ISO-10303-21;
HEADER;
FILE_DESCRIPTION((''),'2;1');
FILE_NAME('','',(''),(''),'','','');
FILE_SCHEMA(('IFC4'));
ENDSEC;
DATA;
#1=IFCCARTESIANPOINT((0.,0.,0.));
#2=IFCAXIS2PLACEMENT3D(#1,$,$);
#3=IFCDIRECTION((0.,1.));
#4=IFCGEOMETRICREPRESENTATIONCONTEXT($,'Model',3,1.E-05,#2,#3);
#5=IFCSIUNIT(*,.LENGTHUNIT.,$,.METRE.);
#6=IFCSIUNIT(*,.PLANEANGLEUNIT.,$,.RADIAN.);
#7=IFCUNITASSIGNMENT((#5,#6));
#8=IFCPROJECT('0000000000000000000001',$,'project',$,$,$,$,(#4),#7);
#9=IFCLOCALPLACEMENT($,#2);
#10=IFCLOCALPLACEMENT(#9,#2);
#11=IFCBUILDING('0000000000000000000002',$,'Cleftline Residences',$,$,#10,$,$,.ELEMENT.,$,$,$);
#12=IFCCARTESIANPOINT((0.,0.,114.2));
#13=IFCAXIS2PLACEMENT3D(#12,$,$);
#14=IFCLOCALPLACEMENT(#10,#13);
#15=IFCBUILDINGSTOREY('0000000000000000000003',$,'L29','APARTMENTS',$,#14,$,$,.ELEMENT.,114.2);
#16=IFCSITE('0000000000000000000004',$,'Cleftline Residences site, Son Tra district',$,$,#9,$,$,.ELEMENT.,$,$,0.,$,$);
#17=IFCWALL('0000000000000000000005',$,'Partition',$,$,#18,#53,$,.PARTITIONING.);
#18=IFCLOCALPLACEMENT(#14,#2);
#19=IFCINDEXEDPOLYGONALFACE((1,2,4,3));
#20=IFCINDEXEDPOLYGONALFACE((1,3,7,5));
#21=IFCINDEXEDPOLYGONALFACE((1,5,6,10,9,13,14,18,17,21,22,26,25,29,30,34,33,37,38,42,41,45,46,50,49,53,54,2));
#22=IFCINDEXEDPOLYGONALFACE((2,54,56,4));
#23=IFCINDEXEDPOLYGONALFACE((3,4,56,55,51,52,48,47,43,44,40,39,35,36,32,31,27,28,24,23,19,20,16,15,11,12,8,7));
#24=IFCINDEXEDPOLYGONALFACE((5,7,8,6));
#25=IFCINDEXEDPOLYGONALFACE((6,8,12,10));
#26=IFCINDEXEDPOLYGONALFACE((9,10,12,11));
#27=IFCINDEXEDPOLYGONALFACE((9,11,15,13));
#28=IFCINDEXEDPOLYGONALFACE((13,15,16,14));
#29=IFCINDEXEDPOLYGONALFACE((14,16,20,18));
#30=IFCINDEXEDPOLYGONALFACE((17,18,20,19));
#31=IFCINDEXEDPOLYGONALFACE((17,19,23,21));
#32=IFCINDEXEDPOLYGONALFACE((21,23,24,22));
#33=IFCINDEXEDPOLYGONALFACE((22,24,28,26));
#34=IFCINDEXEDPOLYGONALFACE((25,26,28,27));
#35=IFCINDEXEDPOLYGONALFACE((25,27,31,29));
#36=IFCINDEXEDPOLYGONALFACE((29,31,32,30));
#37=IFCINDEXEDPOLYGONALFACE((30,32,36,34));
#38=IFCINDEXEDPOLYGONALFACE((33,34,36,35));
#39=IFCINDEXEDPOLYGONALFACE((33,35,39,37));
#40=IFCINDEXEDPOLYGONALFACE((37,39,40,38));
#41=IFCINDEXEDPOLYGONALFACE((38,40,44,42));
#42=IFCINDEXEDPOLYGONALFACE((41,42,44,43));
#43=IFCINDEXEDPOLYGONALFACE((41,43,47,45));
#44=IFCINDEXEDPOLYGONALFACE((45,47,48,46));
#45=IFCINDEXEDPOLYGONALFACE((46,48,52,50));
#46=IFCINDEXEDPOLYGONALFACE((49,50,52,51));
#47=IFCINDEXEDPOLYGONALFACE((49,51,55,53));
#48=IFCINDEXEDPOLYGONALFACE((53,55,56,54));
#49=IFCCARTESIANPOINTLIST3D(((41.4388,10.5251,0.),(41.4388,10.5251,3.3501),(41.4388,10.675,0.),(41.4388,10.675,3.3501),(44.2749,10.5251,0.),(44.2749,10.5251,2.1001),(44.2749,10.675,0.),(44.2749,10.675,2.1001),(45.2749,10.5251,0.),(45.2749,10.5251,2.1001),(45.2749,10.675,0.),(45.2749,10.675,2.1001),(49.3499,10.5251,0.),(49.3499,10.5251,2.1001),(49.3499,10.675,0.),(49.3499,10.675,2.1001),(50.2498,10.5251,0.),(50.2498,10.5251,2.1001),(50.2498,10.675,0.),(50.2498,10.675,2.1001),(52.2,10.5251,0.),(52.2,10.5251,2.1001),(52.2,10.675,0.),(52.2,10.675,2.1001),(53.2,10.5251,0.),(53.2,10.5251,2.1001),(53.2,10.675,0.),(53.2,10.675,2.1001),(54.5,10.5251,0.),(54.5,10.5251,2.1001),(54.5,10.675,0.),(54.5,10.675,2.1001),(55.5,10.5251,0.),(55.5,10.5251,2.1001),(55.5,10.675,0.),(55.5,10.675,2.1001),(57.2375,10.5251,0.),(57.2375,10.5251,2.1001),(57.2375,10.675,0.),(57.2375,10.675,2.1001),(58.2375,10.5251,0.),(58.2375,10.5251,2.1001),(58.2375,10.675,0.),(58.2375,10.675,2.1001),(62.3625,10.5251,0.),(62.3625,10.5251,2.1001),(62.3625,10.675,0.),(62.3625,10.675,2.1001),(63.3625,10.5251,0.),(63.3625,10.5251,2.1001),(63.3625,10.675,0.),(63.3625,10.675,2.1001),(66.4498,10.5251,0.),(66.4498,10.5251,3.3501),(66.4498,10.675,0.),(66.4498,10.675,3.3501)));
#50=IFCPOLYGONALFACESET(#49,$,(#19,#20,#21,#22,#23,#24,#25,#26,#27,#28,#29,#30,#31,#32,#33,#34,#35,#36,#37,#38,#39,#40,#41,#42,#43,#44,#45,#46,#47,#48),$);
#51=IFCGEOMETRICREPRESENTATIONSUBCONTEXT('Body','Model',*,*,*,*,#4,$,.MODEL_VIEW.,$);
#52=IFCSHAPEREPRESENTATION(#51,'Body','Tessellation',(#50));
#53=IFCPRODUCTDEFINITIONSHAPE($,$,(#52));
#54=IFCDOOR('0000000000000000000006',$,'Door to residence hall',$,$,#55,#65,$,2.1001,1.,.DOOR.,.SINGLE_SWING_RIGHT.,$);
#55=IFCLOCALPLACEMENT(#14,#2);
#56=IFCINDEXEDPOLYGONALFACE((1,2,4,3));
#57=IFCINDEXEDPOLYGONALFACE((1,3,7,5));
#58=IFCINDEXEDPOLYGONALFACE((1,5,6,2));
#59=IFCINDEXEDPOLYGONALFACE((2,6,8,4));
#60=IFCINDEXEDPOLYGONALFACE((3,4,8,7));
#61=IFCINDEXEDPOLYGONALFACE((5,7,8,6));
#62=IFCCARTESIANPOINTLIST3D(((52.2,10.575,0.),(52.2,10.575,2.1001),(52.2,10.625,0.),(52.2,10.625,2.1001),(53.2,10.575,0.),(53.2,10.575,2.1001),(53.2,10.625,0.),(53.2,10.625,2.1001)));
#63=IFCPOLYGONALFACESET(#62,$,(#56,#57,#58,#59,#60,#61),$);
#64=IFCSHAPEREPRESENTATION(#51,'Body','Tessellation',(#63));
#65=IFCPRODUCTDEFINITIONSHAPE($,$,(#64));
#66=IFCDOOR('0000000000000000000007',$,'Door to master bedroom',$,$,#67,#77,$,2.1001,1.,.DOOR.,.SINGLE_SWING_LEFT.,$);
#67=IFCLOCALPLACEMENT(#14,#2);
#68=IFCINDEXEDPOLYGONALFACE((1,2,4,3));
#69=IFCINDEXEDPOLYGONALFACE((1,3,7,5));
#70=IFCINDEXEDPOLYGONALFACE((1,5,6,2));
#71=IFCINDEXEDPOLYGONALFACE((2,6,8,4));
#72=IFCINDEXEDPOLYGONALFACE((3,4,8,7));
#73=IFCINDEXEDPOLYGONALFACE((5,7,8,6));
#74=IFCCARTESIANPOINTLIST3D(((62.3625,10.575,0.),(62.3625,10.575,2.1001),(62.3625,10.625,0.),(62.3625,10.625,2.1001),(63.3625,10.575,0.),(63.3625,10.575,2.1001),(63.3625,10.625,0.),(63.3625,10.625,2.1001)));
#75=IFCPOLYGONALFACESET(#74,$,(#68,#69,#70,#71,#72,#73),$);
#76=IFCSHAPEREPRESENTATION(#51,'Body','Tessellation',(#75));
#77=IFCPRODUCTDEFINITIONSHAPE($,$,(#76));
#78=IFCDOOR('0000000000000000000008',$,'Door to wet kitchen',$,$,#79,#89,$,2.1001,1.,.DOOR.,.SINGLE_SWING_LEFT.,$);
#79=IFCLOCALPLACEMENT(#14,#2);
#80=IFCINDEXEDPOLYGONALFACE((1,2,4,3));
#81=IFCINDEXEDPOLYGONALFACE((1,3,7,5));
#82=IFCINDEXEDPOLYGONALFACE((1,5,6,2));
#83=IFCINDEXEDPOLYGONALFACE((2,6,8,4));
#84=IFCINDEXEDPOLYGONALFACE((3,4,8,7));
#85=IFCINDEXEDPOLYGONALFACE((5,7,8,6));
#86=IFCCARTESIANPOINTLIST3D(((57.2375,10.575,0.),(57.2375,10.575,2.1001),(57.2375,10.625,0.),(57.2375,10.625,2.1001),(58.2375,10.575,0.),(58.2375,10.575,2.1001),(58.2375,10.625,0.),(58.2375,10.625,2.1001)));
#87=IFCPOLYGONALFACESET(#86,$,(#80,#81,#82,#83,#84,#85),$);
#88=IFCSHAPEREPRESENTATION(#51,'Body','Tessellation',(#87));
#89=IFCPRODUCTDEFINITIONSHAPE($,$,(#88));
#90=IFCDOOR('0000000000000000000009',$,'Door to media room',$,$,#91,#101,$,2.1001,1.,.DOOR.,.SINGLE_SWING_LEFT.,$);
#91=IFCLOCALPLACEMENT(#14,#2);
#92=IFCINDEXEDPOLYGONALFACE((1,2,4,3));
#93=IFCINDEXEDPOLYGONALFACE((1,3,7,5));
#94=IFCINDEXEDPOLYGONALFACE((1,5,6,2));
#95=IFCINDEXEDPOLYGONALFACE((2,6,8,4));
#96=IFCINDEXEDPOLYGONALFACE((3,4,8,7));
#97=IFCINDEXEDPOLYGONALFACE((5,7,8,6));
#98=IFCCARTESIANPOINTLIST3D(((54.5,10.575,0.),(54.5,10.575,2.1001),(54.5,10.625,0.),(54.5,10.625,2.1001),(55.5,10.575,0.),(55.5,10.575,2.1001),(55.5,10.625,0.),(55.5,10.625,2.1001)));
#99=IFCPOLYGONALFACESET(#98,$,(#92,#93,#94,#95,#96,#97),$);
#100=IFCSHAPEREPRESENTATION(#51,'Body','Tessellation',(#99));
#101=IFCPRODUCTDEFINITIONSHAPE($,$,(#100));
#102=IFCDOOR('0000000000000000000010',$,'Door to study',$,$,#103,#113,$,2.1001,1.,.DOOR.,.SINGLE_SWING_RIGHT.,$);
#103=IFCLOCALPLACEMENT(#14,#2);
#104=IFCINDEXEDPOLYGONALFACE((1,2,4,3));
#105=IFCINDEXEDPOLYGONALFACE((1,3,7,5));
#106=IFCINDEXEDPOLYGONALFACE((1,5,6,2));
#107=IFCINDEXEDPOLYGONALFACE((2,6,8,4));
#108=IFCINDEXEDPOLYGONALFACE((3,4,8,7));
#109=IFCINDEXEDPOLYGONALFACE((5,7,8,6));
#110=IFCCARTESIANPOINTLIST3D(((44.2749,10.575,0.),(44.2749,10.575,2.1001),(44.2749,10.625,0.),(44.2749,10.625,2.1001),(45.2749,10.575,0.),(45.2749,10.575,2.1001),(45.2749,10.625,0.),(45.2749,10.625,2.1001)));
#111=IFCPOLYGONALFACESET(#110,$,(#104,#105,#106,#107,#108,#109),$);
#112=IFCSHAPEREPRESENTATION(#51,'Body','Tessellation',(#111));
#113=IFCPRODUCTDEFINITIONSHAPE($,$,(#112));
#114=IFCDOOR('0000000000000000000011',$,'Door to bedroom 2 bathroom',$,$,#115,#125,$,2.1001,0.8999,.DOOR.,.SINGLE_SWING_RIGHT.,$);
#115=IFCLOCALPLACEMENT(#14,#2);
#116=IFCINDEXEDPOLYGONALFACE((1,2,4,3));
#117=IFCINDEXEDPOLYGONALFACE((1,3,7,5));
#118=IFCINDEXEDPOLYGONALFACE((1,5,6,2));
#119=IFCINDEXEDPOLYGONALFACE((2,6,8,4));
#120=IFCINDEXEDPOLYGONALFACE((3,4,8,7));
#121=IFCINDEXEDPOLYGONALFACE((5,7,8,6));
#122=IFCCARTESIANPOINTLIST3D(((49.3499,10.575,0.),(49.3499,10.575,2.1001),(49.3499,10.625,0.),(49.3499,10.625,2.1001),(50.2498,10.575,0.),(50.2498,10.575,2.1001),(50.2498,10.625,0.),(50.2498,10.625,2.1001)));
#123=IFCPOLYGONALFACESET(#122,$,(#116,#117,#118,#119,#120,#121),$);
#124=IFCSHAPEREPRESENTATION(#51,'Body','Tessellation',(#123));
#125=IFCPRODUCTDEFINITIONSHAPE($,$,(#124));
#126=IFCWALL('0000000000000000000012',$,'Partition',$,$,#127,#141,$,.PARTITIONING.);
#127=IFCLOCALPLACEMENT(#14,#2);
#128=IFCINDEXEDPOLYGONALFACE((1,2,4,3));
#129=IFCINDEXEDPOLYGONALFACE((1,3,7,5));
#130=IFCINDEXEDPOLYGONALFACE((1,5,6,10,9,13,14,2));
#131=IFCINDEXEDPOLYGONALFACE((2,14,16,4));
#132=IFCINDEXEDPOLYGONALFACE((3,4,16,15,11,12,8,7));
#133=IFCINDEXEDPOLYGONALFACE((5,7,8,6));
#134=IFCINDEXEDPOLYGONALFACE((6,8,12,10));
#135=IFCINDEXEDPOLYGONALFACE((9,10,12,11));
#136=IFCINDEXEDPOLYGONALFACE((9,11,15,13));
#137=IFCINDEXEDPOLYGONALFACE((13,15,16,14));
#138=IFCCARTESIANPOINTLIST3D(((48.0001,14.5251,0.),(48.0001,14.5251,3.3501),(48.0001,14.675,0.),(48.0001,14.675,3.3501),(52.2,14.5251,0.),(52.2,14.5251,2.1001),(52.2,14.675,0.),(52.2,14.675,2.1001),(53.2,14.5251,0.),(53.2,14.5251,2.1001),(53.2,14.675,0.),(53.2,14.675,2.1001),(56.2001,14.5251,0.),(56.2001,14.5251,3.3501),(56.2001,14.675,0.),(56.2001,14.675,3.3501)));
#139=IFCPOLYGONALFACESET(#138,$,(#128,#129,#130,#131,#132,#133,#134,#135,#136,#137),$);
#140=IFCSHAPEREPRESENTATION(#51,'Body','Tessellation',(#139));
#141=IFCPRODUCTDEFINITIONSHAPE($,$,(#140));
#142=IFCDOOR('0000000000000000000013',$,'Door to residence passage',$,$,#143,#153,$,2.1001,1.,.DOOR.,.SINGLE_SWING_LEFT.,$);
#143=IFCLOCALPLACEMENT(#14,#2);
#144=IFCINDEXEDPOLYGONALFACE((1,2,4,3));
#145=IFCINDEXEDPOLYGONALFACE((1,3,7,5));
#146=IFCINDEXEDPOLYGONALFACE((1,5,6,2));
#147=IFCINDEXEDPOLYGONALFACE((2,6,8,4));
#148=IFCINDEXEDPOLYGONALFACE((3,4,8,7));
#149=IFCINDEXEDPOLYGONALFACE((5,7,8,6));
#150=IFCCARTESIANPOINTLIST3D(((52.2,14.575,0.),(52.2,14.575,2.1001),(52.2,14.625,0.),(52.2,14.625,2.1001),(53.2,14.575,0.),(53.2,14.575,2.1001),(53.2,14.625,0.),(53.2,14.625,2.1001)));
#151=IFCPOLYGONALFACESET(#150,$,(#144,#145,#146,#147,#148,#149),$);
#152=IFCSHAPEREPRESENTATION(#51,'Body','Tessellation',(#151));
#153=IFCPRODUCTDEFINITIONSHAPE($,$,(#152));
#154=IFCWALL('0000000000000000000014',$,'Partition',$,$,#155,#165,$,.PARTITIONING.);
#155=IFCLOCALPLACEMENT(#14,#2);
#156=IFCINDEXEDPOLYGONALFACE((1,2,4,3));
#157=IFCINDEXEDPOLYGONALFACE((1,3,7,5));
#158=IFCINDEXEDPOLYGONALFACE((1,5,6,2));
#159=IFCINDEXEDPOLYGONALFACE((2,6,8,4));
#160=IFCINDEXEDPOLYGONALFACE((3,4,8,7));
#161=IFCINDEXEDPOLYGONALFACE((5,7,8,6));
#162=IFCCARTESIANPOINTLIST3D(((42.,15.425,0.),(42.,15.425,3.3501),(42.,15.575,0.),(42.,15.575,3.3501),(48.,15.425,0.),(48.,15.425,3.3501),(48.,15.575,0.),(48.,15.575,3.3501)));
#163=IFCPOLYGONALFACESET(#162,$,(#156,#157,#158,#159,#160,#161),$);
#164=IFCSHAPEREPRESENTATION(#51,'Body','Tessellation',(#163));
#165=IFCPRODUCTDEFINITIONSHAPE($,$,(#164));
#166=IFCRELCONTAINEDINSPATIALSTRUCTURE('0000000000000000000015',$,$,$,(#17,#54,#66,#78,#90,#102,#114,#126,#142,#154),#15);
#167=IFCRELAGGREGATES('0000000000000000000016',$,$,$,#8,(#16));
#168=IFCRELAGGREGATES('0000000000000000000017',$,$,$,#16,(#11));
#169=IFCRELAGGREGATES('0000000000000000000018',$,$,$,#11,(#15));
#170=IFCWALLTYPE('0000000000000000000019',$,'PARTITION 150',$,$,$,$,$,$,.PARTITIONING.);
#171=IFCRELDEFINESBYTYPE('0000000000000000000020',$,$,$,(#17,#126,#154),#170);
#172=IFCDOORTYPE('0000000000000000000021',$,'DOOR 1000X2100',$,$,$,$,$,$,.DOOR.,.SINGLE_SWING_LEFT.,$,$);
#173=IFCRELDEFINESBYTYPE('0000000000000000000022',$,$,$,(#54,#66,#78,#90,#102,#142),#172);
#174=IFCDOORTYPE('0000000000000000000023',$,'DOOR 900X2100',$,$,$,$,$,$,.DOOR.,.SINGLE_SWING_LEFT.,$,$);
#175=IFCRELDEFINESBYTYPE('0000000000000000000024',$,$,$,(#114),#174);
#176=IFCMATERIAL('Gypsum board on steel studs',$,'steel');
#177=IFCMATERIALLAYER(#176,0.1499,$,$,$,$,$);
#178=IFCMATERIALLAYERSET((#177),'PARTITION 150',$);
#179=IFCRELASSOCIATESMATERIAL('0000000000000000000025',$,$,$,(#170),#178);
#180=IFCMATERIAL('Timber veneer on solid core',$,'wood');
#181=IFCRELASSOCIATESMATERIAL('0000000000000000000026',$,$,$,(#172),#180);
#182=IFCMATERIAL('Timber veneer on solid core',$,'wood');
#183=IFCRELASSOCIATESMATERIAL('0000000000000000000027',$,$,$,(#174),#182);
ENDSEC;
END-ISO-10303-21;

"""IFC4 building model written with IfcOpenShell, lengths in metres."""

from ifc_helpers import new_model, si_unit, direction, frame, frame_2d, origin, place, context, subcontext, project, spatial, rectangle, extrude, material, layer, layer_set, type_object, element, fill, save


model = new_model("IFC4")

# Units and contexts
model_context = context("Model", 3, precision=1e-05, world=origin(), true_north=direction((0.0, 1.0)))
body_context = subcontext(model_context, "Body", "Model", "MODEL_VIEW")
ifc_project = project(units=[si_unit("LENGTHUNIT", "METRE"), si_unit("PLANEANGLEUNIT", "RADIAN")], contexts=[model_context])

# Site, building, storey
site_placement = place(None, origin())
site = spatial("IfcSite", under=ifc_project, at=site_placement, Name="Cleftline Residences site, Son Tra district", CompositionType="ELEMENT", RefElevation=0.0)
building_placement = place(site_placement, origin())
building = spatial("IfcBuilding", under=site, at=building_placement, Name="Cleftline Residences", CompositionType="ELEMENT")
storey_placement = place(building_placement, frame((0.0, 0.0, 114.2)))
storey = spatial("IfcBuildingStorey", under=building, at=storey_placement, Name="L29", Description="APARTMENTS", CompositionType="ELEMENT", Elevation=114.2)

# Wall, openings, doors
ifc_material_1 = material(Name="Gypsum board on steel studs", Category="steel")
ifc_layer_1 = layer(ifc_material_1, 0.1499)
ifc_layer_set_1 = layer_set([ifc_layer_1], Name="PARTITION 150")
wall_type_1 = type_object("IfcWallType", Name="PARTITION 150", PredefinedType="PARTITIONING", material=ifc_layer_set_1)
wall_1_placement = place(storey_placement, frame((41.439, 10.6001, 0.0), z_axis=(0.0, 0.0, 1.0), x_axis=(1.0, 0.0, 0.0)))
wall_1 = element("IfcWall", 1, at=wall_1_placement, inside=storey, type_object=wall_type_1, Name="Partition", PredefinedType="PARTITIONING", context=body_context, shape_type="SweptSolid", body=[
    extrude(rectangle(XDim=25.011, YDim=0.1499, at=frame_2d((12.5054, 0.0))), origin(), (0.0, 0.0, 1.0), 3.3501),
])
opening_1_placement = place(wall_1_placement, frame((10.761, 0.0, 0.0)))
opening_1 = element("IfcOpeningElement", 2, at=opening_1_placement, cuts=wall_1, PredefinedType="OPENING", context=body_context, shape_type="SweptSolid", body=[
    extrude(rectangle(XDim=1.0, YDim=2.1001, at=frame_2d((0.5, 1.05))), frame((0.0, 0.085, 0.0), z_axis=(0.0, -1.0, 0.0), x_axis=(1.0, 0.0, 0.0)), (0.0, 0.0, 1.0), 0.1699),
])
opening_2_placement = place(wall_1_placement, frame((20.9236, 0.0, 0.0)))
opening_2 = element("IfcOpeningElement", 3, at=opening_2_placement, cuts=wall_1, PredefinedType="OPENING", context=body_context, shape_type="SweptSolid", body=[
    extrude(rectangle(XDim=1.0, YDim=2.1001, at=frame_2d((0.5, 1.05))), frame((0.0, 0.085, 0.0), z_axis=(0.0, -1.0, 0.0), x_axis=(1.0, 0.0, 0.0)), (0.0, 0.0, 1.0), 0.1699),
])
opening_3_placement = place(wall_1_placement, frame((15.7986, 0.0, 0.0)))
opening_3 = element("IfcOpeningElement", 4, at=opening_3_placement, cuts=wall_1, PredefinedType="OPENING", context=body_context, shape_type="SweptSolid", body=[
    extrude(rectangle(XDim=1.0, YDim=2.1001, at=frame_2d((0.5, 1.05))), frame((0.0, 0.085, 0.0), z_axis=(0.0, -1.0, 0.0), x_axis=(1.0, 0.0, 0.0)), (0.0, 0.0, 1.0), 0.1699),
])
opening_4_placement = place(wall_1_placement, frame((13.061, 0.0, 0.0)))
opening_4 = element("IfcOpeningElement", 5, at=opening_4_placement, cuts=wall_1, PredefinedType="OPENING", context=body_context, shape_type="SweptSolid", body=[
    extrude(rectangle(XDim=1.0, YDim=2.1001, at=frame_2d((0.5, 1.05))), frame((0.0, 0.085, 0.0), z_axis=(0.0, -1.0, 0.0), x_axis=(1.0, 0.0, 0.0)), (0.0, 0.0, 1.0), 0.1699),
])
opening_5_placement = place(wall_1_placement, frame((7.9109, 0.0, 0.0)))
opening_5 = element("IfcOpeningElement", 6, at=opening_5_placement, cuts=wall_1, PredefinedType="OPENING", context=body_context, shape_type="SweptSolid", body=[
    extrude(rectangle(XDim=0.8999, YDim=2.1001, at=frame_2d((0.45, 1.05))), frame((0.0, 0.085, 0.0), z_axis=(0.0, -1.0, 0.0), x_axis=(1.0, 0.0, 0.0)), (0.0, 0.0, 1.0), 0.1699),
])
opening_6_placement = place(wall_1_placement, frame((2.8359, 0.0, 0.0)))
opening_6 = element("IfcOpeningElement", 7, at=opening_6_placement, cuts=wall_1, PredefinedType="OPENING", context=body_context, shape_type="SweptSolid", body=[
    extrude(rectangle(XDim=1.0, YDim=2.1001, at=frame_2d((0.5, 1.05))), frame((0.0, 0.085, 0.0), z_axis=(0.0, -1.0, 0.0), x_axis=(1.0, 0.0, 0.0)), (0.0, 0.0, 1.0), 0.1699),
])
ifc_material_2 = material(Name="Timber veneer on solid core", Category="wood")
door_type_1 = type_object("IfcDoorType", Name="DOOR 1000X2100", OperationType="SINGLE_SWING_LEFT", PredefinedType="DOOR", material=ifc_material_2)
door_1_placement = place(opening_1_placement, origin())
door_1 = element("IfcDoor", 8, at=door_1_placement, inside=storey, type_object=door_type_1, Name="Door to residence hall", OperationType="SINGLE_SWING_RIGHT", OverallHeight=2.1001, OverallWidth=1.0, PredefinedType="DOOR", context=body_context, shape_type="SweptSolid", body=[
    extrude(rectangle(XDim=1.0, YDim=2.1001, at=frame_2d((0.5, 1.05))), frame((0.0, 0.0249, 0.0), z_axis=(0.0, -1.0, 0.0), x_axis=(1.0, 0.0, 0.0)), (0.0, 0.0, 1.0), 0.05),
])
fill(opening_1, door_1)
door_2_placement = place(opening_2_placement, origin())
door_2 = element("IfcDoor", 9, at=door_2_placement, inside=storey, type_object=door_type_1, Name="Door to master bedroom", OperationType="SINGLE_SWING_LEFT", OverallHeight=2.1001, OverallWidth=1.0, PredefinedType="DOOR", context=body_context, shape_type="SweptSolid", body=[
    extrude(rectangle(XDim=1.0, YDim=2.1001, at=frame_2d((0.5, 1.05))), frame((0.0, 0.0249, 0.0), z_axis=(0.0, -1.0, 0.0), x_axis=(1.0, 0.0, 0.0)), (0.0, 0.0, 1.0), 0.05),
])
fill(opening_2, door_2)
door_3_placement = place(opening_3_placement, origin())
door_3 = element("IfcDoor", 10, at=door_3_placement, inside=storey, type_object=door_type_1, Name="Door to wet kitchen", OperationType="SINGLE_SWING_LEFT", OverallHeight=2.1001, OverallWidth=1.0, PredefinedType="DOOR", context=body_context, shape_type="SweptSolid", body=[
    extrude(rectangle(XDim=1.0, YDim=2.1001, at=frame_2d((0.5, 1.05))), frame((0.0, 0.0249, 0.0), z_axis=(0.0, -1.0, 0.0), x_axis=(1.0, 0.0, 0.0)), (0.0, 0.0, 1.0), 0.05),
])
fill(opening_3, door_3)
door_4_placement = place(opening_4_placement, origin())
door_4 = element("IfcDoor", 11, at=door_4_placement, inside=storey, type_object=door_type_1, Name="Door to media room", OperationType="SINGLE_SWING_LEFT", OverallHeight=2.1001, OverallWidth=1.0, PredefinedType="DOOR", context=body_context, shape_type="SweptSolid", body=[
    extrude(rectangle(XDim=1.0, YDim=2.1001, at=frame_2d((0.5, 1.05))), frame((0.0, 0.0249, 0.0), z_axis=(0.0, -1.0, 0.0), x_axis=(1.0, 0.0, 0.0)), (0.0, 0.0, 1.0), 0.05),
])
fill(opening_4, door_4)
door_5_placement = place(opening_6_placement, origin())
door_5 = element("IfcDoor", 12, at=door_5_placement, inside=storey, type_object=door_type_1, Name="Door to study", OperationType="SINGLE_SWING_RIGHT", OverallHeight=2.1001, OverallWidth=1.0, PredefinedType="DOOR", context=body_context, shape_type="SweptSolid", body=[
    extrude(rectangle(XDim=1.0, YDim=2.1001, at=frame_2d((0.5, 1.05))), frame((0.0, 0.0249, 0.0), z_axis=(0.0, -1.0, 0.0), x_axis=(1.0, 0.0, 0.0)), (0.0, 0.0, 1.0), 0.05),
])
fill(opening_6, door_5)
ifc_material_3 = material(Name="Timber veneer on solid core", Category="wood")
door_type_2 = type_object("IfcDoorType", Name="DOOR 900X2100", OperationType="SINGLE_SWING_LEFT", PredefinedType="DOOR", material=ifc_material_3)
door_6_placement = place(opening_5_placement, origin())
door_6 = element("IfcDoor", 13, at=door_6_placement, inside=storey, type_object=door_type_2, Name="Door to bedroom 2 bathroom", OperationType="SINGLE_SWING_RIGHT", OverallHeight=2.1001, OverallWidth=0.8999, PredefinedType="DOOR", context=body_context, shape_type="SweptSolid", body=[
    extrude(rectangle(XDim=0.8999, YDim=2.1001, at=frame_2d((0.45, 1.05))), frame((0.0, 0.0249, 0.0), z_axis=(0.0, -1.0, 0.0), x_axis=(1.0, 0.0, 0.0)), (0.0, 0.0, 1.0), 0.05),
])
fill(opening_5, door_6)

# Wall, opening, door
wall_2_placement = place(storey_placement, frame((48.0, 14.6001, 0.0), z_axis=(0.0, 0.0, 1.0), x_axis=(1.0, 0.0, 0.0)))
wall_2 = element("IfcWall", 14, at=wall_2_placement, inside=storey, type_object=wall_type_1, Name="Partition", PredefinedType="PARTITIONING", context=body_context, shape_type="SweptSolid", body=[
    extrude(rectangle(XDim=8.2, YDim=0.1499, at=frame_2d((4.1001, 0.0))), origin(), (0.0, 0.0, 1.0), 3.3501),
])
opening_7_placement = place(wall_2_placement, frame((4.2, 0.0, 0.0)))
opening_7 = element("IfcOpeningElement", 15, at=opening_7_placement, cuts=wall_2, PredefinedType="OPENING", context=body_context, shape_type="SweptSolid", body=[
    extrude(rectangle(XDim=1.0, YDim=2.1001, at=frame_2d((0.5, 1.05))), frame((0.0, 0.085, 0.0), z_axis=(0.0, -1.0, 0.0), x_axis=(1.0, 0.0, 0.0)), (0.0, 0.0, 1.0), 0.1699),
])
door_7_placement = place(opening_7_placement, origin())
door_7 = element("IfcDoor", 16, at=door_7_placement, inside=storey, type_object=door_type_1, Name="Door to residence passage", OperationType="SINGLE_SWING_LEFT", OverallHeight=2.1001, OverallWidth=1.0, PredefinedType="DOOR", context=body_context, shape_type="SweptSolid", body=[
    extrude(rectangle(XDim=1.0, YDim=2.1001, at=frame_2d((0.5, 1.05))), frame((0.0, 0.0249, 0.0), z_axis=(0.0, -1.0, 0.0), x_axis=(1.0, 0.0, 0.0)), (0.0, 0.0, 1.0), 0.05),
])
fill(opening_7, door_7)

# Wall
wall_3_placement = place(storey_placement, frame((42.0, 15.5, 0.0), z_axis=(0.0, 0.0, 1.0), x_axis=(1.0, 0.0, 0.0)))
element("IfcWall", 17, at=wall_3_placement, inside=storey, type_object=wall_type_1, Name="Partition", PredefinedType="PARTITIONING", context=body_context, shape_type="SweptSolid", body=[
    extrude(rectangle(XDim=6.0, YDim=0.1499, at=frame_2d((3.0, 0.0))), origin(), (0.0, 0.0, 1.0), 3.3501),
])

save(model, "model.ifc")
